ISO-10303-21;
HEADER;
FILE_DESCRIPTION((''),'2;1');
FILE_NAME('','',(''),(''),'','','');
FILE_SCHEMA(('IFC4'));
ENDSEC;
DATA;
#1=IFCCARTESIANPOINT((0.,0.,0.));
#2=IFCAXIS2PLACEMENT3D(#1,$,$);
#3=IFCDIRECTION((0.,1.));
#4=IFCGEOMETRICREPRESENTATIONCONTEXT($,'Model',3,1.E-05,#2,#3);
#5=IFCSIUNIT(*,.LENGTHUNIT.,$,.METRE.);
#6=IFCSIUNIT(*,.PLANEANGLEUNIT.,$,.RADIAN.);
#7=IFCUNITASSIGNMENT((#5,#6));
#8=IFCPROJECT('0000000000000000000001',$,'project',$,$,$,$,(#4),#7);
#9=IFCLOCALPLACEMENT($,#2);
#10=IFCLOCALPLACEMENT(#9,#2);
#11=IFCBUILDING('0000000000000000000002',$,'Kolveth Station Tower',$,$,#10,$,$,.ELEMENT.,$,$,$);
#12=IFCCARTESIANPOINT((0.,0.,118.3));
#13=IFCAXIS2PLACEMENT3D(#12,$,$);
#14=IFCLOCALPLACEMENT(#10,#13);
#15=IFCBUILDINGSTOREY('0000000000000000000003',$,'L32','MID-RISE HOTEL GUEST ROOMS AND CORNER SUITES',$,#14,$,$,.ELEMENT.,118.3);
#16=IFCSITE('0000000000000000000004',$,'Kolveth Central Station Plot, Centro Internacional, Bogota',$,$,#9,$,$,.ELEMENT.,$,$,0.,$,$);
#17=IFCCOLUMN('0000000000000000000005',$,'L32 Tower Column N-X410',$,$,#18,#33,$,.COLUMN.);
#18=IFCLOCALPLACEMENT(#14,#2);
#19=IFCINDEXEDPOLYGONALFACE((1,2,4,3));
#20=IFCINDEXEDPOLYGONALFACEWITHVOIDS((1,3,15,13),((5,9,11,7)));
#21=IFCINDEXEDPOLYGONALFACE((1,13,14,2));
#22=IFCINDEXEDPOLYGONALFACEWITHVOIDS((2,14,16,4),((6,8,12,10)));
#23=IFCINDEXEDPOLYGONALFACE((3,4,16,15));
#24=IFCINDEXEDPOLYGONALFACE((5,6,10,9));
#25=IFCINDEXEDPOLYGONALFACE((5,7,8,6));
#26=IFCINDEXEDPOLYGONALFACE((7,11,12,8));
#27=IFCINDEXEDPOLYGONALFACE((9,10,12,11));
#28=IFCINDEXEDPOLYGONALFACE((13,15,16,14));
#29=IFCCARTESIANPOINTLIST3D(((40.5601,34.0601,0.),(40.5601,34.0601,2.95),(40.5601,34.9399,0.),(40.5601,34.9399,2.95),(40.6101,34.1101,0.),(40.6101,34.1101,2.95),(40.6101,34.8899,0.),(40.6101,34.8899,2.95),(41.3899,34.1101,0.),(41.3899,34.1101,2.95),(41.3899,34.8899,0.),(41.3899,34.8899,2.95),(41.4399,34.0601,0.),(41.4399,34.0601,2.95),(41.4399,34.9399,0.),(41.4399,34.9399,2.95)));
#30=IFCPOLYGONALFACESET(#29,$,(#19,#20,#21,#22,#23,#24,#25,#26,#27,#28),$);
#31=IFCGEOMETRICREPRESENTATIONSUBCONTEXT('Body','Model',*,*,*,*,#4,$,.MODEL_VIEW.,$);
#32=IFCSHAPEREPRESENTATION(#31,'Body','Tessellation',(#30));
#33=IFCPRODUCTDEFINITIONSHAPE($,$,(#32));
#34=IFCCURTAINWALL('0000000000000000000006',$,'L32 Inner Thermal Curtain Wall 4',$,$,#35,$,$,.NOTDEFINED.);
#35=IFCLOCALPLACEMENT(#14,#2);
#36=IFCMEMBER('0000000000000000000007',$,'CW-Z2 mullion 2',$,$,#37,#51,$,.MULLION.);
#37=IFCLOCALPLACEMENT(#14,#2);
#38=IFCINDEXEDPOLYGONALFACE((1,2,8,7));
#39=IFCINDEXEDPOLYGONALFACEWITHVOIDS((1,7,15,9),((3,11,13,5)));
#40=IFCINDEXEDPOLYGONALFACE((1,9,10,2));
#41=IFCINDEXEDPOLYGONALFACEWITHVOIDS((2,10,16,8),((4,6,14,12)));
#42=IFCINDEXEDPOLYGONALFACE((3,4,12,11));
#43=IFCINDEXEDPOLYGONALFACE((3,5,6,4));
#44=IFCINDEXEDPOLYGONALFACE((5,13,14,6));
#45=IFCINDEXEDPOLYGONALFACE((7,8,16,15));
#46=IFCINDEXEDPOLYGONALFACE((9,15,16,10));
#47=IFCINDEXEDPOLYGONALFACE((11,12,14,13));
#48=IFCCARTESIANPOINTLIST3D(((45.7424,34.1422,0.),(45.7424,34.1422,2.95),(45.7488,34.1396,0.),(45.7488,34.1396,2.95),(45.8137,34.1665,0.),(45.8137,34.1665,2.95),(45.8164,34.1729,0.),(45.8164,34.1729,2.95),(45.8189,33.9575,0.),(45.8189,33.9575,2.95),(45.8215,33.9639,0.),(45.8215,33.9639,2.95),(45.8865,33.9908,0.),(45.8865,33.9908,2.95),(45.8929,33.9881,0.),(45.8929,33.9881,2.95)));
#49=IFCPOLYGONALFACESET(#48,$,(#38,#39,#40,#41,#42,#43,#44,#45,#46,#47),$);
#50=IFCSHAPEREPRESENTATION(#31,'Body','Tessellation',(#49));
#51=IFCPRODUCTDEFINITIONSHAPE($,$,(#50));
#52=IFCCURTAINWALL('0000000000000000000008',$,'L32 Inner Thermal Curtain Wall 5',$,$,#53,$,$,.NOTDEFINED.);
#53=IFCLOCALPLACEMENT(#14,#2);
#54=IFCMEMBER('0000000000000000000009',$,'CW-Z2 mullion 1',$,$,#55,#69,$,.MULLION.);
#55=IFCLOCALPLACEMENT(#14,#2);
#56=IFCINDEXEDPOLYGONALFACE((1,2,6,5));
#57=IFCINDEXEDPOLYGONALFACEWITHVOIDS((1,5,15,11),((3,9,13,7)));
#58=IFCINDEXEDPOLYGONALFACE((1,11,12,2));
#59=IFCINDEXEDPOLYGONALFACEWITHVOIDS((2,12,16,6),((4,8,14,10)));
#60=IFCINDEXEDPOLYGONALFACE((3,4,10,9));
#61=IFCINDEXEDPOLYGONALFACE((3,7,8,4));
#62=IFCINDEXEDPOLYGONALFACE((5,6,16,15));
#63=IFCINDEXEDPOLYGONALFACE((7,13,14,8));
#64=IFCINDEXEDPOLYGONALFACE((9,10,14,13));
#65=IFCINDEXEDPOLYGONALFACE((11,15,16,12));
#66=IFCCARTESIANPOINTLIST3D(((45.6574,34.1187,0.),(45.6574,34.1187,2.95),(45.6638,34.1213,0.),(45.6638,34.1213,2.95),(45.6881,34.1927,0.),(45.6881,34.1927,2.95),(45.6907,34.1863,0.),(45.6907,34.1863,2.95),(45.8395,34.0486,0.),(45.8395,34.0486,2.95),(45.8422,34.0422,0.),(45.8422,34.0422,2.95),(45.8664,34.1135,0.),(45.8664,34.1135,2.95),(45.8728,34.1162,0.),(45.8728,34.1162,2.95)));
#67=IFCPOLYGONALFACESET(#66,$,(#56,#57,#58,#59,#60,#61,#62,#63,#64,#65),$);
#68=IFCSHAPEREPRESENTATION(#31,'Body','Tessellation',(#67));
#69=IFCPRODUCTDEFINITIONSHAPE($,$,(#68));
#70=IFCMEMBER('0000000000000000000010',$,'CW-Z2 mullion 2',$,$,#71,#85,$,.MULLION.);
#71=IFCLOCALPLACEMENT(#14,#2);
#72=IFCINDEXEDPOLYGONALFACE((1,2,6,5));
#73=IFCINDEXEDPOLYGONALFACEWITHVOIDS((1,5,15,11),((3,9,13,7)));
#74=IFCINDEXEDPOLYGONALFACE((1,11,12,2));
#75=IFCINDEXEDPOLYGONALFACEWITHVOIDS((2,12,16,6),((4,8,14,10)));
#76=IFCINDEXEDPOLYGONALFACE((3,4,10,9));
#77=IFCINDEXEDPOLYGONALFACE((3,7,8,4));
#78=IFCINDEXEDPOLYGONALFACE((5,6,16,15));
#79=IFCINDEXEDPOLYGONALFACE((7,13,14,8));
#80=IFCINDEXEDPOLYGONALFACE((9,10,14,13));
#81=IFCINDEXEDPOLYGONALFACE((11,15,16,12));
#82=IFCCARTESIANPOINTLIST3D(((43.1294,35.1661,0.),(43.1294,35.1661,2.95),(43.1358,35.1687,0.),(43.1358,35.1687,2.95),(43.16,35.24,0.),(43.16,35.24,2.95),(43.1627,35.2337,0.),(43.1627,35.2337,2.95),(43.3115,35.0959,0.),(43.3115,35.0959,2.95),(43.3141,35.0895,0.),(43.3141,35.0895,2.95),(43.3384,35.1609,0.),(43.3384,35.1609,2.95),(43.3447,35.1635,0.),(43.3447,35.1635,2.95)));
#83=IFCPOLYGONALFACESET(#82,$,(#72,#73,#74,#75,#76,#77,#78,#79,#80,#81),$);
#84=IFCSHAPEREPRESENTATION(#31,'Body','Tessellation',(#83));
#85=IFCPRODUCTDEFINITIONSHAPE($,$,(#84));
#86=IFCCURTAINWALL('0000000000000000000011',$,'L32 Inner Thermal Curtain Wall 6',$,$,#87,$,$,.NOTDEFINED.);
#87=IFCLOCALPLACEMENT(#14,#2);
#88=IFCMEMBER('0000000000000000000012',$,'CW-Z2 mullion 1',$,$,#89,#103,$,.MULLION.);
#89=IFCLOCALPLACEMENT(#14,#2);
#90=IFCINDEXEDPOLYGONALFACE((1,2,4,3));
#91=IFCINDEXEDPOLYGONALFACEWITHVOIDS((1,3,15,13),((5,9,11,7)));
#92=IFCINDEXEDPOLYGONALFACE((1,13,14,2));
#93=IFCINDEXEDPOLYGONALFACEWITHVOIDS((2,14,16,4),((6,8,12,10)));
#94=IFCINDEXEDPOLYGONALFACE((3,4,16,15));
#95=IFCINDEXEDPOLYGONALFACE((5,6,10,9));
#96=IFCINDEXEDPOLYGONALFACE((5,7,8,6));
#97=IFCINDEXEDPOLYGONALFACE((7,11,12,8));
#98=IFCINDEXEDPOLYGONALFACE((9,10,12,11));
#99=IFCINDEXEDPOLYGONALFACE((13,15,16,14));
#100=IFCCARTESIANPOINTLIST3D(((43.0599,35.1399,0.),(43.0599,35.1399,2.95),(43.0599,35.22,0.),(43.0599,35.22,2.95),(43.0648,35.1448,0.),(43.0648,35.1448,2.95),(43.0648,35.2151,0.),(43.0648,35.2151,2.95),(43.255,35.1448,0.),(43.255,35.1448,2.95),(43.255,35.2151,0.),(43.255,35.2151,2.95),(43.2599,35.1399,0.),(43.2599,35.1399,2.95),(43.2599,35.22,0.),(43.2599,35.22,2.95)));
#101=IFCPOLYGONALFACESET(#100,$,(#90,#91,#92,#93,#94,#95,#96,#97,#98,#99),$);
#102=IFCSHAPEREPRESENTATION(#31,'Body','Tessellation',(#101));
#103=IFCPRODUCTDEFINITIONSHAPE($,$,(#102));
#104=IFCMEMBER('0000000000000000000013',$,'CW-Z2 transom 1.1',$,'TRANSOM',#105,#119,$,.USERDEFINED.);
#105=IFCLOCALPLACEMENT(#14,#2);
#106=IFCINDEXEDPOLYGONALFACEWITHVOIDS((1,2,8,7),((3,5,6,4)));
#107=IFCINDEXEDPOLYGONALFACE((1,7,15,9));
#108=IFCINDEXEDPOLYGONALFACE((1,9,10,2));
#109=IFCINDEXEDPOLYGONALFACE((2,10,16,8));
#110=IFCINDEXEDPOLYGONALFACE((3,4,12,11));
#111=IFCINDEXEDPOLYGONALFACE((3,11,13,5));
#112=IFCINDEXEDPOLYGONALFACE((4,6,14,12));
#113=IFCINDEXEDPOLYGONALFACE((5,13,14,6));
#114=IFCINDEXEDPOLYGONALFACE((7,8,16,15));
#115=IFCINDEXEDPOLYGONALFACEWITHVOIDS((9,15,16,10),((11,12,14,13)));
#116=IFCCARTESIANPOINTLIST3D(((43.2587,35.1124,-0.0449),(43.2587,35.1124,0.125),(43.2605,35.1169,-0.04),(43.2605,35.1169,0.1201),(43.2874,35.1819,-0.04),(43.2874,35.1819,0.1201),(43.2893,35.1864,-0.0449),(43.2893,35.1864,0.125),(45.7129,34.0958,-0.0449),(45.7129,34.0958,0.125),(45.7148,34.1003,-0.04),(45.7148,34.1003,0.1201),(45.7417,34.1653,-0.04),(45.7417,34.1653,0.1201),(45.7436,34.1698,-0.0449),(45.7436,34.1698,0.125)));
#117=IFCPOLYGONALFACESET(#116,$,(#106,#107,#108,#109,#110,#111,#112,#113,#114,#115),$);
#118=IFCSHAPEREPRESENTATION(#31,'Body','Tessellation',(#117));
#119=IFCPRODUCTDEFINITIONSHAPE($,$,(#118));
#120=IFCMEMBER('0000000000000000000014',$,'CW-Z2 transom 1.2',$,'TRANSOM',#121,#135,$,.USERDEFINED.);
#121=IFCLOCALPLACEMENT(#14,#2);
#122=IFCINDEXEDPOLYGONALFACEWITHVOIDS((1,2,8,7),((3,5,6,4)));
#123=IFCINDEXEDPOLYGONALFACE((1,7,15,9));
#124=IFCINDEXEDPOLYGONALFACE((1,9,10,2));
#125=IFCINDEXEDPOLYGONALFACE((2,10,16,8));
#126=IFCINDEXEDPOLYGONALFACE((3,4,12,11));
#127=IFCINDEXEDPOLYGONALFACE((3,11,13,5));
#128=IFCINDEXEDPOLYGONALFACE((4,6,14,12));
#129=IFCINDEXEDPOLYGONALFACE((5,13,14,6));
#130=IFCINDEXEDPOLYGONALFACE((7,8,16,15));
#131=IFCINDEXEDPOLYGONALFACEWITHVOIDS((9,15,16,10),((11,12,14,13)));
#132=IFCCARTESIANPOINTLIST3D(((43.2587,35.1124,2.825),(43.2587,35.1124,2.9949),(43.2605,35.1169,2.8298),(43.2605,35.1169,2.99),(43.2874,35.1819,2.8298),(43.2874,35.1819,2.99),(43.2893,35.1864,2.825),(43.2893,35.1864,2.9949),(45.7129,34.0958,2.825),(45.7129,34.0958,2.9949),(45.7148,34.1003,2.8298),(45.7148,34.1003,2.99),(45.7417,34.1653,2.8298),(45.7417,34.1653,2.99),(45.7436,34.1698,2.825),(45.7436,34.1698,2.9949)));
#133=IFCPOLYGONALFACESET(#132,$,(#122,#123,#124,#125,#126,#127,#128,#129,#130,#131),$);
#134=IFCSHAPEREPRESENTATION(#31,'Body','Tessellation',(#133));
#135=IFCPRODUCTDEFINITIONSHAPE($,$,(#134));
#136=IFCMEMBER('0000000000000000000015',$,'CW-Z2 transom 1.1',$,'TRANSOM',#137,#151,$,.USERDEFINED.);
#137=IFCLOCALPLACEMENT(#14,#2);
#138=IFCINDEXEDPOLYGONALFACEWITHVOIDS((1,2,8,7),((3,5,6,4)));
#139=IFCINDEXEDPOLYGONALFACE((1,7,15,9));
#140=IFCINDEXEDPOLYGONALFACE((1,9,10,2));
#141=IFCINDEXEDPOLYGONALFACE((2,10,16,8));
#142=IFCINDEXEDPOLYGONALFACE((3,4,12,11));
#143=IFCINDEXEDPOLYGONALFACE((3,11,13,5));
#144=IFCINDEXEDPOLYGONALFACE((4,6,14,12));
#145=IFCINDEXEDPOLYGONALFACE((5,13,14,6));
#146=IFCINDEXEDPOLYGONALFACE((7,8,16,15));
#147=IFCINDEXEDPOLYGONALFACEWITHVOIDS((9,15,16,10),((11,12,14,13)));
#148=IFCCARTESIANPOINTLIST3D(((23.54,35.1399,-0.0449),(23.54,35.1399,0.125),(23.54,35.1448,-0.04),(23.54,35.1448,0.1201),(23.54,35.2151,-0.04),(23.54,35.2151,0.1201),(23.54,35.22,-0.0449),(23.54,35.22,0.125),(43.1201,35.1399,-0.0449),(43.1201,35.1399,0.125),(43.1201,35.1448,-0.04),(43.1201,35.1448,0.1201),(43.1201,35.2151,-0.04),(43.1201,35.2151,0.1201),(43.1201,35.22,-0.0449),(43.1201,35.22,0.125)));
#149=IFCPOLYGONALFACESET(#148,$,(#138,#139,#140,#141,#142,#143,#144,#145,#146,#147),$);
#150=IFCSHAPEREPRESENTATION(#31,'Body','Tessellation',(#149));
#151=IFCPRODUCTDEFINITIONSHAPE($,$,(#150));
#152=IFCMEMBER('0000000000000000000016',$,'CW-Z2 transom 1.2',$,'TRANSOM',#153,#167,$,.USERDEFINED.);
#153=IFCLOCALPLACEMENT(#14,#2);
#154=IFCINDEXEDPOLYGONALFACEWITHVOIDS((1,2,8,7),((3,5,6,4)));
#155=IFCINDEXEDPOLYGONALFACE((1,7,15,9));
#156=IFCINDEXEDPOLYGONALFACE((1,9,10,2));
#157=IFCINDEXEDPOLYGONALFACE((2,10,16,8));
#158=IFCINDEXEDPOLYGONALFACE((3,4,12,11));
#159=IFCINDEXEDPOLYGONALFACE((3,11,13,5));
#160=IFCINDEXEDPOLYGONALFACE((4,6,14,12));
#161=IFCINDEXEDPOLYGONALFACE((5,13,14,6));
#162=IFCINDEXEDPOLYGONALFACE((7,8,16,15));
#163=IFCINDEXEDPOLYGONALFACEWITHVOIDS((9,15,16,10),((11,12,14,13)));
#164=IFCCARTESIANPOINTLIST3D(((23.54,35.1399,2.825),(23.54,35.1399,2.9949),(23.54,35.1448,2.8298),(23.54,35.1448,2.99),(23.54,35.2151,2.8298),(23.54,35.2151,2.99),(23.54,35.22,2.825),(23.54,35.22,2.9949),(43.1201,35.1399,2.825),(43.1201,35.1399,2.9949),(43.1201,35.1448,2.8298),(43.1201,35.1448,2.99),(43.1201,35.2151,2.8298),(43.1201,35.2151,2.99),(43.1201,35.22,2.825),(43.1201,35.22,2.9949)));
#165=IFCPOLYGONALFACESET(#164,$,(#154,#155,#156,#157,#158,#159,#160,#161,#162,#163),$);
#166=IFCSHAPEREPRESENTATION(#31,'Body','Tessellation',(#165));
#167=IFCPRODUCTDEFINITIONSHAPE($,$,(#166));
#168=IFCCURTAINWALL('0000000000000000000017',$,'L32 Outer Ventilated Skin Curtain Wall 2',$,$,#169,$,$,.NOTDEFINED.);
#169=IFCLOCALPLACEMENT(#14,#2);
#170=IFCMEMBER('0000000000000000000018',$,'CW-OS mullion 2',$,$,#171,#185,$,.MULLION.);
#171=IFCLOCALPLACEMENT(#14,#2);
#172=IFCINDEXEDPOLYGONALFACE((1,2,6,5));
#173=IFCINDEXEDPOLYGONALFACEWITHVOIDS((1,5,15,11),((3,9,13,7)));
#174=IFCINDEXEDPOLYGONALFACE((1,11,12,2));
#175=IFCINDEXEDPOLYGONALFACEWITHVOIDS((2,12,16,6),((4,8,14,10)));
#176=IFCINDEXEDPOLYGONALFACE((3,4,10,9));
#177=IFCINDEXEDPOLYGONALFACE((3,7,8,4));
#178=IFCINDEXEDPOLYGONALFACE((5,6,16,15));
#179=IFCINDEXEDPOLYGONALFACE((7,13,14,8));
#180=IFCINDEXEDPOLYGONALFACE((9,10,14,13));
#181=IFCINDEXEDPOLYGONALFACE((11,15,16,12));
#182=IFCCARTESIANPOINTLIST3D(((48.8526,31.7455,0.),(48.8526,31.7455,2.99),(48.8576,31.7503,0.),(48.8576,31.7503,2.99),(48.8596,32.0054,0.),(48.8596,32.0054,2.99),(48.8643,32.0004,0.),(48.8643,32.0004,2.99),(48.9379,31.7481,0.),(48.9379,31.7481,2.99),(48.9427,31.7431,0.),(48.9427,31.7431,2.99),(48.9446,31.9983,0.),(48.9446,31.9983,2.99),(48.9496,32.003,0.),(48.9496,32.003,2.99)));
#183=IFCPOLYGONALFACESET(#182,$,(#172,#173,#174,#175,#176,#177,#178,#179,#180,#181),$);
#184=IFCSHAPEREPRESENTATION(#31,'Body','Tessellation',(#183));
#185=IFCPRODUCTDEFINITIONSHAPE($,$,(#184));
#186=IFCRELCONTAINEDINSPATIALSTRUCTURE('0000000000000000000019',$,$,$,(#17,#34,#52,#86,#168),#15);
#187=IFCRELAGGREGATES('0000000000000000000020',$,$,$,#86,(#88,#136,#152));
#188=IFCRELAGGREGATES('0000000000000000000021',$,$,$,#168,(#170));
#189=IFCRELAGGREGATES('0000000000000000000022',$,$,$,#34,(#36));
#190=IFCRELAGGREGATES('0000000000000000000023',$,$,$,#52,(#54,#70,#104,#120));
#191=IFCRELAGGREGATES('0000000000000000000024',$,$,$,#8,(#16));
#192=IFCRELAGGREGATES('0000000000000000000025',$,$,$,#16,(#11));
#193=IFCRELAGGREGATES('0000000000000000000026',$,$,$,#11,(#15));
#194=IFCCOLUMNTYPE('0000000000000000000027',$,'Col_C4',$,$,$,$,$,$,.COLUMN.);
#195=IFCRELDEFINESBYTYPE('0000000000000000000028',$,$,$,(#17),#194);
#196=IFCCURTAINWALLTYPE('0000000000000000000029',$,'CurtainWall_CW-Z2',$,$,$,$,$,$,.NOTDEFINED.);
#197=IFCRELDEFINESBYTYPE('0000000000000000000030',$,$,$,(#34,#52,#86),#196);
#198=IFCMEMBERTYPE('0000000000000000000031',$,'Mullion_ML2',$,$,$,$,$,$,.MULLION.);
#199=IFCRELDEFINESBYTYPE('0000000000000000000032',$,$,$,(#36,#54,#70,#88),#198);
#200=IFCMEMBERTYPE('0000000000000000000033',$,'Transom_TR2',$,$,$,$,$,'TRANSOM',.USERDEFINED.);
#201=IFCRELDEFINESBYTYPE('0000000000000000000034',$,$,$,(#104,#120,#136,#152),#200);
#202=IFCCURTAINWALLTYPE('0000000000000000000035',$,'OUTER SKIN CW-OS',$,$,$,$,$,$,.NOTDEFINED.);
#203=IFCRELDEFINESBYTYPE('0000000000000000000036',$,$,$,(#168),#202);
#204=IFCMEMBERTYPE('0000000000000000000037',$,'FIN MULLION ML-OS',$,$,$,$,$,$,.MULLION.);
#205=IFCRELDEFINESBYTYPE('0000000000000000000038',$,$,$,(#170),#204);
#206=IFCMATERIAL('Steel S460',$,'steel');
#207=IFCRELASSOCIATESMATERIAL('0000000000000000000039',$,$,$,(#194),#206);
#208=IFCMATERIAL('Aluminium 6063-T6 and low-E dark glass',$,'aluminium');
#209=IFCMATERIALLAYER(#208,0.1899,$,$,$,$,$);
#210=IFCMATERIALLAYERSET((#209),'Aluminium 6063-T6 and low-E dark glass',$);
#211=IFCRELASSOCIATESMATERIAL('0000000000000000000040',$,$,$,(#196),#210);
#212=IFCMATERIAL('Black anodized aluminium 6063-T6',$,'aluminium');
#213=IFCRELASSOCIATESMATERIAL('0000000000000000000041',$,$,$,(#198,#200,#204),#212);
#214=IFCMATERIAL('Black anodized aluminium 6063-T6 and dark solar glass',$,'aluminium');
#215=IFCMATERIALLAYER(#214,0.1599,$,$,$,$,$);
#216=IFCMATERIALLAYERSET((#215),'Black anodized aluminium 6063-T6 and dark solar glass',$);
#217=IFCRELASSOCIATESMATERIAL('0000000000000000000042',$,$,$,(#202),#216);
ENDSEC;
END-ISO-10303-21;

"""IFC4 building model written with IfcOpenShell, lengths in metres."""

from ifc_helpers import new_model, si_unit, direction, frame, origin, origin_2d, place, context, subcontext, project, spatial, hollow_rectangle, extrude, source, transform, mapped, material, layer, layer_set, material_profile, profile_set, type_object, element, aggregate, save


model = new_model("IFC4")

# Units and contexts
model_context = context("Model", 3, precision=1e-05, world=origin(), true_north=direction((0.0, 1.0)))
body_context = subcontext(model_context, "Body", "Model", "MODEL_VIEW")
ifc_project = project(units=[si_unit("LENGTHUNIT", "METRE"), si_unit("PLANEANGLEUNIT", "RADIAN")], contexts=[model_context])

# Site, building, storey
site_placement = place(None, origin())
site = spatial("IfcSite", under=ifc_project, at=site_placement, Name="Kolveth Central Station Plot, Centro Internacional, Bogota", CompositionType="ELEMENT", RefElevation=0.0)
building_placement = place(site_placement, origin())
building = spatial("IfcBuilding", under=site, at=building_placement, Name="Kolveth Station Tower", CompositionType="ELEMENT")
storey_placement = place(building_placement, frame((0.0, 0.0, 118.3)))
storey = spatial("IfcBuildingStorey", under=building, at=storey_placement, Name="L32", Description="MID-RISE HOTEL GUEST ROOMS AND CORNER SUITES", CompositionType="ELEMENT", Elevation=118.3)

# Column
ifc_material_1 = material(Name="Steel S460", Category="steel")
ifc_material_profile_1 = material_profile(ifc_material_1, hollow_rectangle(XDim=0.8799, YDim=0.8799, WallThickness=0.05, at=origin_2d()), Name="BOX880x880x50")
ifc_profile_set_1 = profile_set([ifc_material_profile_1], Name="Steel S460")
column_type = type_object("IfcColumnType", Name="Col_C4", PredefinedType="COLUMN", material=ifc_profile_set_1)
shared_shape_1 = source(origin(), body_context, "Body", "SweptSolid", [
    extrude(hollow_rectangle(XDim=0.8799, YDim=0.8799, WallThickness=0.05, at=origin_2d()), origin(), (0.0, 0.0, 1.0), 2.95),
])
column_placement = place(storey_placement, frame((41.0, 34.5, 0.0), z_axis=(0.0, 0.0, 1.0), x_axis=(1.0, 0.0, 0.0)))
element("IfcColumn", 1, at=column_placement, inside=storey, type_object=column_type, Name="L32 Tower Column N-X410", PredefinedType="COLUMN", context=body_context, shape_type="MappedRepresentation", body=[
    mapped(shared_shape_1, transform((0.0, 0.0, 0.0), x_axis=(1.0, 0.0, 0.0), y_axis=(0.0, 1.0, 0.0), z_axis=(0.0, 0.0, 1.0), scale=1.0)),
])

# Curtain wall, member
ifc_material_2 = material(Name="Aluminium 6063-T6 and low-E dark glass", Category="aluminium")
ifc_layer_1 = layer(ifc_material_2, 0.1899)
ifc_layer_set_1 = layer_set([ifc_layer_1], Name="Aluminium 6063-T6 and low-E dark glass")
curtain_wall_type_1 = type_object("IfcCurtainWallType", Name="CurtainWall_CW-Z2", PredefinedType="NOTDEFINED", material=ifc_layer_set_1)
curtain_wall_1_placement = place(storey_placement, origin())
curtain_wall_1 = element("IfcCurtainWall", 2, at=curtain_wall_1_placement, inside=storey, type_object=curtain_wall_type_1, Name="L32 Inner Thermal Curtain Wall 4", PredefinedType="NOTDEFINED")
ifc_material_3 = material(Name="Black anodized aluminium 6063-T6", Category="aluminium")
ifc_material_profile_2 = material_profile(ifc_material_3, hollow_rectangle(XDim=0.0801, YDim=0.2, WallThickness=0.0049, at=origin_2d()), Name="ALU-80x200x5")
ifc_profile_set_2 = profile_set([ifc_material_profile_2], Name="Black anodized aluminium 6063-T6")
member_type_1 = type_object("IfcMemberType", Name="Mullion_ML2", PredefinedType="MULLION", material=ifc_profile_set_2)
shared_shape_2 = source(origin(), body_context, "Body", "SweptSolid", [
    extrude(hollow_rectangle(XDim=0.0801, YDim=0.2, WallThickness=0.0049, at=origin_2d()), origin(), (0.0, 0.0, 1.0), 2.95),
])
member_1_placement = place(storey_placement, frame((45.8176, 34.0652, 0.0), z_axis=(0.0, 0.0, 1.0), x_axis=(-0.923888, -0.382663, 0.0)))
member_1 = element("IfcMember", 3, at=member_1_placement, type_object=member_type_1, Name="CW-Z2 mullion 2", PredefinedType="MULLION", context=body_context, shape_type="MappedRepresentation", body=[
    mapped(shared_shape_2, transform((0.0, 0.0, 0.0), x_axis=(1.0, 0.0, 0.0), y_axis=(0.0, 1.0, 0.0), z_axis=(0.0, 0.0, 1.0), scale=1.0)),
])

# Curtain wall, members
curtain_wall_2_placement = place(storey_placement, origin())
curtain_wall_2 = element("IfcCurtainWall", 4, at=curtain_wall_2_placement, inside=storey, type_object=curtain_wall_type_1, Name="L32 Inner Thermal Curtain Wall 5", PredefinedType="NOTDEFINED")
member_2_placement = place(storey_placement, frame((45.7651, 34.1174, 0.0), z_axis=(0.0, 0.0, 1.0), x_axis=(-0.382663, -0.923888, 0.0)))
member_2 = element("IfcMember", 5, at=member_2_placement, type_object=member_type_1, Name="CW-Z2 mullion 1", PredefinedType="MULLION", context=body_context, shape_type="MappedRepresentation", body=[
    mapped(shared_shape_2, transform((0.0, 0.0, 0.0), x_axis=(1.0, 0.0, 0.0), y_axis=(0.0, 1.0, 0.0), z_axis=(0.0, 0.0, 1.0), scale=1.0)),
])
member_3_placement = place(storey_placement, frame((43.2371, 35.1648, 0.0), z_axis=(0.0, 0.0, 1.0), x_axis=(-0.382663, -0.923888, 0.0)))
member_3 = element("IfcMember", 6, at=member_3_placement, type_object=member_type_1, Name="CW-Z2 mullion 2", PredefinedType="MULLION", context=body_context, shape_type="MappedRepresentation", body=[
    mapped(shared_shape_2, transform((0.0, 0.0, 0.0), x_axis=(1.0, 0.0, 0.0), y_axis=(0.0, 1.0, 0.0), z_axis=(0.0, 0.0, 1.0), scale=1.0)),
])

# Curtain wall, member
curtain_wall_3_placement = place(storey_placement, origin())
curtain_wall_3 = element("IfcCurtainWall", 7, at=curtain_wall_3_placement, inside=storey, type_object=curtain_wall_type_1, Name="L32 Inner Thermal Curtain Wall 6", PredefinedType="NOTDEFINED")
member_4_placement = place(storey_placement, frame((43.1599, 35.1799, 0.0), z_axis=(0.0, 0.0, 1.0), x_axis=(0.0, -1.0, 0.0)))
member_4 = element("IfcMember", 8, at=member_4_placement, type_object=member_type_1, Name="CW-Z2 mullion 1", PredefinedType="MULLION", context=body_context, shape_type="MappedRepresentation", body=[
    mapped(shared_shape_2, transform((0.0, 0.0, 0.0), x_axis=(1.0, 0.0, 0.0), y_axis=(0.0, 1.0, 0.0), z_axis=(0.0, 0.0, 1.0), scale=1.0)),
])

# Members
ifc_material_profile_3 = material_profile(ifc_material_3, hollow_rectangle(XDim=0.0801, YDim=0.1699, WallThickness=0.0049, at=origin_2d()), Name="ALU-80x170x5")
ifc_profile_set_3 = profile_set([ifc_material_profile_3], Name="Black anodized aluminium 6063-T6")
member_type_2 = type_object("IfcMemberType", Name="Transom_TR2", ElementType="TRANSOM", PredefinedType="USERDEFINED", material=ifc_profile_set_3)
shared_shape_3 = source(origin(), body_context, "Body", "SweptSolid", [
    extrude(hollow_rectangle(XDim=0.0801, YDim=0.1699, WallThickness=0.0049, at=origin_2d()), origin(), (0.0, 0.0, 1.0), 2.6565),
])
member_5_placement = place(storey_placement, frame((45.7283, 34.1328, 0.04), z_axis=(-0.923882, 0.382676, 0.0), x_axis=(-0.382676, -0.923882, 0.0)))
member_5 = element("IfcMember", 9, at=member_5_placement, type_object=member_type_2, Name="CW-Z2 transom 1.1", ObjectType="TRANSOM", PredefinedType="USERDEFINED", context=body_context, shape_type="MappedRepresentation", body=[
    mapped(shared_shape_3, transform((0.0, 0.0, 0.0), x_axis=(1.0, 0.0, 0.0), y_axis=(0.0, 1.0, 0.0), z_axis=(0.0, 0.0, 1.0), scale=1.0)),
])
member_6_placement = place(storey_placement, frame((45.7283, 34.1328, 2.9099), z_axis=(-0.923882, 0.382676, 0.0), x_axis=(-0.382676, -0.923882, 0.0)))
member_6 = element("IfcMember", 10, at=member_6_placement, type_object=member_type_2, Name="CW-Z2 transom 1.2", ObjectType="TRANSOM", PredefinedType="USERDEFINED", context=body_context, shape_type="MappedRepresentation", body=[
    mapped(shared_shape_3, transform((0.0, 0.0, 0.0), x_axis=(1.0, 0.0, 0.0), y_axis=(0.0, 1.0, 0.0), z_axis=(0.0, 0.0, 1.0), scale=1.0)),
])
shared_shape_4 = source(origin(), body_context, "Body", "SweptSolid", [
    extrude(hollow_rectangle(XDim=0.0801, YDim=0.1699, WallThickness=0.0049, at=origin_2d()), origin(), (0.0, 0.0, 1.0), 19.5801),
])
member_7_placement = place(storey_placement, frame((43.1201, 35.1799, 0.04), z_axis=(-1.0, 0.0, 0.0), x_axis=(0.0, -1.0, 0.0)))
member_7 = element("IfcMember", 11, at=member_7_placement, type_object=member_type_2, Name="CW-Z2 transom 1.1", ObjectType="TRANSOM", PredefinedType="USERDEFINED", context=body_context, shape_type="MappedRepresentation", body=[
    mapped(shared_shape_4, transform((0.0, 0.0, 0.0), x_axis=(1.0, 0.0, 0.0), y_axis=(0.0, 1.0, 0.0), z_axis=(0.0, 0.0, 1.0), scale=1.0)),
])
member_8_placement = place(storey_placement, frame((43.1201, 35.1799, 2.9099), z_axis=(-1.0, 0.0, 0.0), x_axis=(0.0, -1.0, 0.0)))
member_8 = element("IfcMember", 12, at=member_8_placement, type_object=member_type_2, Name="CW-Z2 transom 1.2", ObjectType="TRANSOM", PredefinedType="USERDEFINED", context=body_context, shape_type="MappedRepresentation", body=[
    mapped(shared_shape_4, transform((0.0, 0.0, 0.0), x_axis=(1.0, 0.0, 0.0), y_axis=(0.0, 1.0, 0.0), z_axis=(0.0, 0.0, 1.0), scale=1.0)),
])
aggregate(curtain_wall_3, [member_4, member_7, member_8])

# Curtain wall, member
ifc_material_4 = material(Name="Black anodized aluminium 6063-T6 and dark solar glass", Category="aluminium")
ifc_layer_2 = layer(ifc_material_4, 0.1599)
ifc_layer_set_2 = layer_set([ifc_layer_2], Name="Black anodized aluminium 6063-T6 and dark solar glass")
curtain_wall_type_2 = type_object("IfcCurtainWallType", Name="OUTER SKIN CW-OS", PredefinedType="NOTDEFINED", material=ifc_layer_set_2)
curtain_wall_4_placement = place(storey_placement, origin())
curtain_wall_4 = element("IfcCurtainWall", 13, at=curtain_wall_4_placement, inside=storey, type_object=curtain_wall_type_2, Name="L32 Outer Ventilated Skin Curtain Wall 2", PredefinedType="NOTDEFINED")
ifc_material_profile_4 = material_profile(ifc_material_3, hollow_rectangle(XDim=0.0901, YDim=0.26, WallThickness=0.0049, at=origin_2d()), Name="ALU-90x260x5")
ifc_profile_set_4 = profile_set([ifc_material_profile_4], Name="Black anodized aluminium 6063-T6")
member_type_3 = type_object("IfcMemberType", Name="FIN MULLION ML-OS", PredefinedType="MULLION", material=ifc_profile_set_4)
shared_shape_5 = source(origin(), body_context, "Body", "SweptSolid", [
    extrude(hollow_rectangle(XDim=0.0901, YDim=0.26, WallThickness=0.0049, at=origin_2d()), origin(), (0.0, 0.0, 1.0), 2.99),
])
member_9_placement = place(storey_placement, frame((48.9011, 31.8743, 0.0), z_axis=(0.0, 0.0, 1.0), x_axis=(-0.99964, 0.026833, 0.0)))
member_9 = element("IfcMember", 14, at=member_9_placement, type_object=member_type_3, Name="CW-OS mullion 2", PredefinedType="MULLION", context=body_context, shape_type="MappedRepresentation", body=[
    mapped(shared_shape_5, transform((0.0, 0.0, 0.0), x_axis=(1.0, 0.0, 0.0), y_axis=(0.0, 1.0, 0.0), z_axis=(0.0, 0.0, 1.0), scale=1.0)),
])
aggregate(curtain_wall_4, [member_9])

aggregate(curtain_wall_1, [member_1])
aggregate(curtain_wall_2, [member_2, member_3, member_5, member_6])

save(model, "model.ifc")
